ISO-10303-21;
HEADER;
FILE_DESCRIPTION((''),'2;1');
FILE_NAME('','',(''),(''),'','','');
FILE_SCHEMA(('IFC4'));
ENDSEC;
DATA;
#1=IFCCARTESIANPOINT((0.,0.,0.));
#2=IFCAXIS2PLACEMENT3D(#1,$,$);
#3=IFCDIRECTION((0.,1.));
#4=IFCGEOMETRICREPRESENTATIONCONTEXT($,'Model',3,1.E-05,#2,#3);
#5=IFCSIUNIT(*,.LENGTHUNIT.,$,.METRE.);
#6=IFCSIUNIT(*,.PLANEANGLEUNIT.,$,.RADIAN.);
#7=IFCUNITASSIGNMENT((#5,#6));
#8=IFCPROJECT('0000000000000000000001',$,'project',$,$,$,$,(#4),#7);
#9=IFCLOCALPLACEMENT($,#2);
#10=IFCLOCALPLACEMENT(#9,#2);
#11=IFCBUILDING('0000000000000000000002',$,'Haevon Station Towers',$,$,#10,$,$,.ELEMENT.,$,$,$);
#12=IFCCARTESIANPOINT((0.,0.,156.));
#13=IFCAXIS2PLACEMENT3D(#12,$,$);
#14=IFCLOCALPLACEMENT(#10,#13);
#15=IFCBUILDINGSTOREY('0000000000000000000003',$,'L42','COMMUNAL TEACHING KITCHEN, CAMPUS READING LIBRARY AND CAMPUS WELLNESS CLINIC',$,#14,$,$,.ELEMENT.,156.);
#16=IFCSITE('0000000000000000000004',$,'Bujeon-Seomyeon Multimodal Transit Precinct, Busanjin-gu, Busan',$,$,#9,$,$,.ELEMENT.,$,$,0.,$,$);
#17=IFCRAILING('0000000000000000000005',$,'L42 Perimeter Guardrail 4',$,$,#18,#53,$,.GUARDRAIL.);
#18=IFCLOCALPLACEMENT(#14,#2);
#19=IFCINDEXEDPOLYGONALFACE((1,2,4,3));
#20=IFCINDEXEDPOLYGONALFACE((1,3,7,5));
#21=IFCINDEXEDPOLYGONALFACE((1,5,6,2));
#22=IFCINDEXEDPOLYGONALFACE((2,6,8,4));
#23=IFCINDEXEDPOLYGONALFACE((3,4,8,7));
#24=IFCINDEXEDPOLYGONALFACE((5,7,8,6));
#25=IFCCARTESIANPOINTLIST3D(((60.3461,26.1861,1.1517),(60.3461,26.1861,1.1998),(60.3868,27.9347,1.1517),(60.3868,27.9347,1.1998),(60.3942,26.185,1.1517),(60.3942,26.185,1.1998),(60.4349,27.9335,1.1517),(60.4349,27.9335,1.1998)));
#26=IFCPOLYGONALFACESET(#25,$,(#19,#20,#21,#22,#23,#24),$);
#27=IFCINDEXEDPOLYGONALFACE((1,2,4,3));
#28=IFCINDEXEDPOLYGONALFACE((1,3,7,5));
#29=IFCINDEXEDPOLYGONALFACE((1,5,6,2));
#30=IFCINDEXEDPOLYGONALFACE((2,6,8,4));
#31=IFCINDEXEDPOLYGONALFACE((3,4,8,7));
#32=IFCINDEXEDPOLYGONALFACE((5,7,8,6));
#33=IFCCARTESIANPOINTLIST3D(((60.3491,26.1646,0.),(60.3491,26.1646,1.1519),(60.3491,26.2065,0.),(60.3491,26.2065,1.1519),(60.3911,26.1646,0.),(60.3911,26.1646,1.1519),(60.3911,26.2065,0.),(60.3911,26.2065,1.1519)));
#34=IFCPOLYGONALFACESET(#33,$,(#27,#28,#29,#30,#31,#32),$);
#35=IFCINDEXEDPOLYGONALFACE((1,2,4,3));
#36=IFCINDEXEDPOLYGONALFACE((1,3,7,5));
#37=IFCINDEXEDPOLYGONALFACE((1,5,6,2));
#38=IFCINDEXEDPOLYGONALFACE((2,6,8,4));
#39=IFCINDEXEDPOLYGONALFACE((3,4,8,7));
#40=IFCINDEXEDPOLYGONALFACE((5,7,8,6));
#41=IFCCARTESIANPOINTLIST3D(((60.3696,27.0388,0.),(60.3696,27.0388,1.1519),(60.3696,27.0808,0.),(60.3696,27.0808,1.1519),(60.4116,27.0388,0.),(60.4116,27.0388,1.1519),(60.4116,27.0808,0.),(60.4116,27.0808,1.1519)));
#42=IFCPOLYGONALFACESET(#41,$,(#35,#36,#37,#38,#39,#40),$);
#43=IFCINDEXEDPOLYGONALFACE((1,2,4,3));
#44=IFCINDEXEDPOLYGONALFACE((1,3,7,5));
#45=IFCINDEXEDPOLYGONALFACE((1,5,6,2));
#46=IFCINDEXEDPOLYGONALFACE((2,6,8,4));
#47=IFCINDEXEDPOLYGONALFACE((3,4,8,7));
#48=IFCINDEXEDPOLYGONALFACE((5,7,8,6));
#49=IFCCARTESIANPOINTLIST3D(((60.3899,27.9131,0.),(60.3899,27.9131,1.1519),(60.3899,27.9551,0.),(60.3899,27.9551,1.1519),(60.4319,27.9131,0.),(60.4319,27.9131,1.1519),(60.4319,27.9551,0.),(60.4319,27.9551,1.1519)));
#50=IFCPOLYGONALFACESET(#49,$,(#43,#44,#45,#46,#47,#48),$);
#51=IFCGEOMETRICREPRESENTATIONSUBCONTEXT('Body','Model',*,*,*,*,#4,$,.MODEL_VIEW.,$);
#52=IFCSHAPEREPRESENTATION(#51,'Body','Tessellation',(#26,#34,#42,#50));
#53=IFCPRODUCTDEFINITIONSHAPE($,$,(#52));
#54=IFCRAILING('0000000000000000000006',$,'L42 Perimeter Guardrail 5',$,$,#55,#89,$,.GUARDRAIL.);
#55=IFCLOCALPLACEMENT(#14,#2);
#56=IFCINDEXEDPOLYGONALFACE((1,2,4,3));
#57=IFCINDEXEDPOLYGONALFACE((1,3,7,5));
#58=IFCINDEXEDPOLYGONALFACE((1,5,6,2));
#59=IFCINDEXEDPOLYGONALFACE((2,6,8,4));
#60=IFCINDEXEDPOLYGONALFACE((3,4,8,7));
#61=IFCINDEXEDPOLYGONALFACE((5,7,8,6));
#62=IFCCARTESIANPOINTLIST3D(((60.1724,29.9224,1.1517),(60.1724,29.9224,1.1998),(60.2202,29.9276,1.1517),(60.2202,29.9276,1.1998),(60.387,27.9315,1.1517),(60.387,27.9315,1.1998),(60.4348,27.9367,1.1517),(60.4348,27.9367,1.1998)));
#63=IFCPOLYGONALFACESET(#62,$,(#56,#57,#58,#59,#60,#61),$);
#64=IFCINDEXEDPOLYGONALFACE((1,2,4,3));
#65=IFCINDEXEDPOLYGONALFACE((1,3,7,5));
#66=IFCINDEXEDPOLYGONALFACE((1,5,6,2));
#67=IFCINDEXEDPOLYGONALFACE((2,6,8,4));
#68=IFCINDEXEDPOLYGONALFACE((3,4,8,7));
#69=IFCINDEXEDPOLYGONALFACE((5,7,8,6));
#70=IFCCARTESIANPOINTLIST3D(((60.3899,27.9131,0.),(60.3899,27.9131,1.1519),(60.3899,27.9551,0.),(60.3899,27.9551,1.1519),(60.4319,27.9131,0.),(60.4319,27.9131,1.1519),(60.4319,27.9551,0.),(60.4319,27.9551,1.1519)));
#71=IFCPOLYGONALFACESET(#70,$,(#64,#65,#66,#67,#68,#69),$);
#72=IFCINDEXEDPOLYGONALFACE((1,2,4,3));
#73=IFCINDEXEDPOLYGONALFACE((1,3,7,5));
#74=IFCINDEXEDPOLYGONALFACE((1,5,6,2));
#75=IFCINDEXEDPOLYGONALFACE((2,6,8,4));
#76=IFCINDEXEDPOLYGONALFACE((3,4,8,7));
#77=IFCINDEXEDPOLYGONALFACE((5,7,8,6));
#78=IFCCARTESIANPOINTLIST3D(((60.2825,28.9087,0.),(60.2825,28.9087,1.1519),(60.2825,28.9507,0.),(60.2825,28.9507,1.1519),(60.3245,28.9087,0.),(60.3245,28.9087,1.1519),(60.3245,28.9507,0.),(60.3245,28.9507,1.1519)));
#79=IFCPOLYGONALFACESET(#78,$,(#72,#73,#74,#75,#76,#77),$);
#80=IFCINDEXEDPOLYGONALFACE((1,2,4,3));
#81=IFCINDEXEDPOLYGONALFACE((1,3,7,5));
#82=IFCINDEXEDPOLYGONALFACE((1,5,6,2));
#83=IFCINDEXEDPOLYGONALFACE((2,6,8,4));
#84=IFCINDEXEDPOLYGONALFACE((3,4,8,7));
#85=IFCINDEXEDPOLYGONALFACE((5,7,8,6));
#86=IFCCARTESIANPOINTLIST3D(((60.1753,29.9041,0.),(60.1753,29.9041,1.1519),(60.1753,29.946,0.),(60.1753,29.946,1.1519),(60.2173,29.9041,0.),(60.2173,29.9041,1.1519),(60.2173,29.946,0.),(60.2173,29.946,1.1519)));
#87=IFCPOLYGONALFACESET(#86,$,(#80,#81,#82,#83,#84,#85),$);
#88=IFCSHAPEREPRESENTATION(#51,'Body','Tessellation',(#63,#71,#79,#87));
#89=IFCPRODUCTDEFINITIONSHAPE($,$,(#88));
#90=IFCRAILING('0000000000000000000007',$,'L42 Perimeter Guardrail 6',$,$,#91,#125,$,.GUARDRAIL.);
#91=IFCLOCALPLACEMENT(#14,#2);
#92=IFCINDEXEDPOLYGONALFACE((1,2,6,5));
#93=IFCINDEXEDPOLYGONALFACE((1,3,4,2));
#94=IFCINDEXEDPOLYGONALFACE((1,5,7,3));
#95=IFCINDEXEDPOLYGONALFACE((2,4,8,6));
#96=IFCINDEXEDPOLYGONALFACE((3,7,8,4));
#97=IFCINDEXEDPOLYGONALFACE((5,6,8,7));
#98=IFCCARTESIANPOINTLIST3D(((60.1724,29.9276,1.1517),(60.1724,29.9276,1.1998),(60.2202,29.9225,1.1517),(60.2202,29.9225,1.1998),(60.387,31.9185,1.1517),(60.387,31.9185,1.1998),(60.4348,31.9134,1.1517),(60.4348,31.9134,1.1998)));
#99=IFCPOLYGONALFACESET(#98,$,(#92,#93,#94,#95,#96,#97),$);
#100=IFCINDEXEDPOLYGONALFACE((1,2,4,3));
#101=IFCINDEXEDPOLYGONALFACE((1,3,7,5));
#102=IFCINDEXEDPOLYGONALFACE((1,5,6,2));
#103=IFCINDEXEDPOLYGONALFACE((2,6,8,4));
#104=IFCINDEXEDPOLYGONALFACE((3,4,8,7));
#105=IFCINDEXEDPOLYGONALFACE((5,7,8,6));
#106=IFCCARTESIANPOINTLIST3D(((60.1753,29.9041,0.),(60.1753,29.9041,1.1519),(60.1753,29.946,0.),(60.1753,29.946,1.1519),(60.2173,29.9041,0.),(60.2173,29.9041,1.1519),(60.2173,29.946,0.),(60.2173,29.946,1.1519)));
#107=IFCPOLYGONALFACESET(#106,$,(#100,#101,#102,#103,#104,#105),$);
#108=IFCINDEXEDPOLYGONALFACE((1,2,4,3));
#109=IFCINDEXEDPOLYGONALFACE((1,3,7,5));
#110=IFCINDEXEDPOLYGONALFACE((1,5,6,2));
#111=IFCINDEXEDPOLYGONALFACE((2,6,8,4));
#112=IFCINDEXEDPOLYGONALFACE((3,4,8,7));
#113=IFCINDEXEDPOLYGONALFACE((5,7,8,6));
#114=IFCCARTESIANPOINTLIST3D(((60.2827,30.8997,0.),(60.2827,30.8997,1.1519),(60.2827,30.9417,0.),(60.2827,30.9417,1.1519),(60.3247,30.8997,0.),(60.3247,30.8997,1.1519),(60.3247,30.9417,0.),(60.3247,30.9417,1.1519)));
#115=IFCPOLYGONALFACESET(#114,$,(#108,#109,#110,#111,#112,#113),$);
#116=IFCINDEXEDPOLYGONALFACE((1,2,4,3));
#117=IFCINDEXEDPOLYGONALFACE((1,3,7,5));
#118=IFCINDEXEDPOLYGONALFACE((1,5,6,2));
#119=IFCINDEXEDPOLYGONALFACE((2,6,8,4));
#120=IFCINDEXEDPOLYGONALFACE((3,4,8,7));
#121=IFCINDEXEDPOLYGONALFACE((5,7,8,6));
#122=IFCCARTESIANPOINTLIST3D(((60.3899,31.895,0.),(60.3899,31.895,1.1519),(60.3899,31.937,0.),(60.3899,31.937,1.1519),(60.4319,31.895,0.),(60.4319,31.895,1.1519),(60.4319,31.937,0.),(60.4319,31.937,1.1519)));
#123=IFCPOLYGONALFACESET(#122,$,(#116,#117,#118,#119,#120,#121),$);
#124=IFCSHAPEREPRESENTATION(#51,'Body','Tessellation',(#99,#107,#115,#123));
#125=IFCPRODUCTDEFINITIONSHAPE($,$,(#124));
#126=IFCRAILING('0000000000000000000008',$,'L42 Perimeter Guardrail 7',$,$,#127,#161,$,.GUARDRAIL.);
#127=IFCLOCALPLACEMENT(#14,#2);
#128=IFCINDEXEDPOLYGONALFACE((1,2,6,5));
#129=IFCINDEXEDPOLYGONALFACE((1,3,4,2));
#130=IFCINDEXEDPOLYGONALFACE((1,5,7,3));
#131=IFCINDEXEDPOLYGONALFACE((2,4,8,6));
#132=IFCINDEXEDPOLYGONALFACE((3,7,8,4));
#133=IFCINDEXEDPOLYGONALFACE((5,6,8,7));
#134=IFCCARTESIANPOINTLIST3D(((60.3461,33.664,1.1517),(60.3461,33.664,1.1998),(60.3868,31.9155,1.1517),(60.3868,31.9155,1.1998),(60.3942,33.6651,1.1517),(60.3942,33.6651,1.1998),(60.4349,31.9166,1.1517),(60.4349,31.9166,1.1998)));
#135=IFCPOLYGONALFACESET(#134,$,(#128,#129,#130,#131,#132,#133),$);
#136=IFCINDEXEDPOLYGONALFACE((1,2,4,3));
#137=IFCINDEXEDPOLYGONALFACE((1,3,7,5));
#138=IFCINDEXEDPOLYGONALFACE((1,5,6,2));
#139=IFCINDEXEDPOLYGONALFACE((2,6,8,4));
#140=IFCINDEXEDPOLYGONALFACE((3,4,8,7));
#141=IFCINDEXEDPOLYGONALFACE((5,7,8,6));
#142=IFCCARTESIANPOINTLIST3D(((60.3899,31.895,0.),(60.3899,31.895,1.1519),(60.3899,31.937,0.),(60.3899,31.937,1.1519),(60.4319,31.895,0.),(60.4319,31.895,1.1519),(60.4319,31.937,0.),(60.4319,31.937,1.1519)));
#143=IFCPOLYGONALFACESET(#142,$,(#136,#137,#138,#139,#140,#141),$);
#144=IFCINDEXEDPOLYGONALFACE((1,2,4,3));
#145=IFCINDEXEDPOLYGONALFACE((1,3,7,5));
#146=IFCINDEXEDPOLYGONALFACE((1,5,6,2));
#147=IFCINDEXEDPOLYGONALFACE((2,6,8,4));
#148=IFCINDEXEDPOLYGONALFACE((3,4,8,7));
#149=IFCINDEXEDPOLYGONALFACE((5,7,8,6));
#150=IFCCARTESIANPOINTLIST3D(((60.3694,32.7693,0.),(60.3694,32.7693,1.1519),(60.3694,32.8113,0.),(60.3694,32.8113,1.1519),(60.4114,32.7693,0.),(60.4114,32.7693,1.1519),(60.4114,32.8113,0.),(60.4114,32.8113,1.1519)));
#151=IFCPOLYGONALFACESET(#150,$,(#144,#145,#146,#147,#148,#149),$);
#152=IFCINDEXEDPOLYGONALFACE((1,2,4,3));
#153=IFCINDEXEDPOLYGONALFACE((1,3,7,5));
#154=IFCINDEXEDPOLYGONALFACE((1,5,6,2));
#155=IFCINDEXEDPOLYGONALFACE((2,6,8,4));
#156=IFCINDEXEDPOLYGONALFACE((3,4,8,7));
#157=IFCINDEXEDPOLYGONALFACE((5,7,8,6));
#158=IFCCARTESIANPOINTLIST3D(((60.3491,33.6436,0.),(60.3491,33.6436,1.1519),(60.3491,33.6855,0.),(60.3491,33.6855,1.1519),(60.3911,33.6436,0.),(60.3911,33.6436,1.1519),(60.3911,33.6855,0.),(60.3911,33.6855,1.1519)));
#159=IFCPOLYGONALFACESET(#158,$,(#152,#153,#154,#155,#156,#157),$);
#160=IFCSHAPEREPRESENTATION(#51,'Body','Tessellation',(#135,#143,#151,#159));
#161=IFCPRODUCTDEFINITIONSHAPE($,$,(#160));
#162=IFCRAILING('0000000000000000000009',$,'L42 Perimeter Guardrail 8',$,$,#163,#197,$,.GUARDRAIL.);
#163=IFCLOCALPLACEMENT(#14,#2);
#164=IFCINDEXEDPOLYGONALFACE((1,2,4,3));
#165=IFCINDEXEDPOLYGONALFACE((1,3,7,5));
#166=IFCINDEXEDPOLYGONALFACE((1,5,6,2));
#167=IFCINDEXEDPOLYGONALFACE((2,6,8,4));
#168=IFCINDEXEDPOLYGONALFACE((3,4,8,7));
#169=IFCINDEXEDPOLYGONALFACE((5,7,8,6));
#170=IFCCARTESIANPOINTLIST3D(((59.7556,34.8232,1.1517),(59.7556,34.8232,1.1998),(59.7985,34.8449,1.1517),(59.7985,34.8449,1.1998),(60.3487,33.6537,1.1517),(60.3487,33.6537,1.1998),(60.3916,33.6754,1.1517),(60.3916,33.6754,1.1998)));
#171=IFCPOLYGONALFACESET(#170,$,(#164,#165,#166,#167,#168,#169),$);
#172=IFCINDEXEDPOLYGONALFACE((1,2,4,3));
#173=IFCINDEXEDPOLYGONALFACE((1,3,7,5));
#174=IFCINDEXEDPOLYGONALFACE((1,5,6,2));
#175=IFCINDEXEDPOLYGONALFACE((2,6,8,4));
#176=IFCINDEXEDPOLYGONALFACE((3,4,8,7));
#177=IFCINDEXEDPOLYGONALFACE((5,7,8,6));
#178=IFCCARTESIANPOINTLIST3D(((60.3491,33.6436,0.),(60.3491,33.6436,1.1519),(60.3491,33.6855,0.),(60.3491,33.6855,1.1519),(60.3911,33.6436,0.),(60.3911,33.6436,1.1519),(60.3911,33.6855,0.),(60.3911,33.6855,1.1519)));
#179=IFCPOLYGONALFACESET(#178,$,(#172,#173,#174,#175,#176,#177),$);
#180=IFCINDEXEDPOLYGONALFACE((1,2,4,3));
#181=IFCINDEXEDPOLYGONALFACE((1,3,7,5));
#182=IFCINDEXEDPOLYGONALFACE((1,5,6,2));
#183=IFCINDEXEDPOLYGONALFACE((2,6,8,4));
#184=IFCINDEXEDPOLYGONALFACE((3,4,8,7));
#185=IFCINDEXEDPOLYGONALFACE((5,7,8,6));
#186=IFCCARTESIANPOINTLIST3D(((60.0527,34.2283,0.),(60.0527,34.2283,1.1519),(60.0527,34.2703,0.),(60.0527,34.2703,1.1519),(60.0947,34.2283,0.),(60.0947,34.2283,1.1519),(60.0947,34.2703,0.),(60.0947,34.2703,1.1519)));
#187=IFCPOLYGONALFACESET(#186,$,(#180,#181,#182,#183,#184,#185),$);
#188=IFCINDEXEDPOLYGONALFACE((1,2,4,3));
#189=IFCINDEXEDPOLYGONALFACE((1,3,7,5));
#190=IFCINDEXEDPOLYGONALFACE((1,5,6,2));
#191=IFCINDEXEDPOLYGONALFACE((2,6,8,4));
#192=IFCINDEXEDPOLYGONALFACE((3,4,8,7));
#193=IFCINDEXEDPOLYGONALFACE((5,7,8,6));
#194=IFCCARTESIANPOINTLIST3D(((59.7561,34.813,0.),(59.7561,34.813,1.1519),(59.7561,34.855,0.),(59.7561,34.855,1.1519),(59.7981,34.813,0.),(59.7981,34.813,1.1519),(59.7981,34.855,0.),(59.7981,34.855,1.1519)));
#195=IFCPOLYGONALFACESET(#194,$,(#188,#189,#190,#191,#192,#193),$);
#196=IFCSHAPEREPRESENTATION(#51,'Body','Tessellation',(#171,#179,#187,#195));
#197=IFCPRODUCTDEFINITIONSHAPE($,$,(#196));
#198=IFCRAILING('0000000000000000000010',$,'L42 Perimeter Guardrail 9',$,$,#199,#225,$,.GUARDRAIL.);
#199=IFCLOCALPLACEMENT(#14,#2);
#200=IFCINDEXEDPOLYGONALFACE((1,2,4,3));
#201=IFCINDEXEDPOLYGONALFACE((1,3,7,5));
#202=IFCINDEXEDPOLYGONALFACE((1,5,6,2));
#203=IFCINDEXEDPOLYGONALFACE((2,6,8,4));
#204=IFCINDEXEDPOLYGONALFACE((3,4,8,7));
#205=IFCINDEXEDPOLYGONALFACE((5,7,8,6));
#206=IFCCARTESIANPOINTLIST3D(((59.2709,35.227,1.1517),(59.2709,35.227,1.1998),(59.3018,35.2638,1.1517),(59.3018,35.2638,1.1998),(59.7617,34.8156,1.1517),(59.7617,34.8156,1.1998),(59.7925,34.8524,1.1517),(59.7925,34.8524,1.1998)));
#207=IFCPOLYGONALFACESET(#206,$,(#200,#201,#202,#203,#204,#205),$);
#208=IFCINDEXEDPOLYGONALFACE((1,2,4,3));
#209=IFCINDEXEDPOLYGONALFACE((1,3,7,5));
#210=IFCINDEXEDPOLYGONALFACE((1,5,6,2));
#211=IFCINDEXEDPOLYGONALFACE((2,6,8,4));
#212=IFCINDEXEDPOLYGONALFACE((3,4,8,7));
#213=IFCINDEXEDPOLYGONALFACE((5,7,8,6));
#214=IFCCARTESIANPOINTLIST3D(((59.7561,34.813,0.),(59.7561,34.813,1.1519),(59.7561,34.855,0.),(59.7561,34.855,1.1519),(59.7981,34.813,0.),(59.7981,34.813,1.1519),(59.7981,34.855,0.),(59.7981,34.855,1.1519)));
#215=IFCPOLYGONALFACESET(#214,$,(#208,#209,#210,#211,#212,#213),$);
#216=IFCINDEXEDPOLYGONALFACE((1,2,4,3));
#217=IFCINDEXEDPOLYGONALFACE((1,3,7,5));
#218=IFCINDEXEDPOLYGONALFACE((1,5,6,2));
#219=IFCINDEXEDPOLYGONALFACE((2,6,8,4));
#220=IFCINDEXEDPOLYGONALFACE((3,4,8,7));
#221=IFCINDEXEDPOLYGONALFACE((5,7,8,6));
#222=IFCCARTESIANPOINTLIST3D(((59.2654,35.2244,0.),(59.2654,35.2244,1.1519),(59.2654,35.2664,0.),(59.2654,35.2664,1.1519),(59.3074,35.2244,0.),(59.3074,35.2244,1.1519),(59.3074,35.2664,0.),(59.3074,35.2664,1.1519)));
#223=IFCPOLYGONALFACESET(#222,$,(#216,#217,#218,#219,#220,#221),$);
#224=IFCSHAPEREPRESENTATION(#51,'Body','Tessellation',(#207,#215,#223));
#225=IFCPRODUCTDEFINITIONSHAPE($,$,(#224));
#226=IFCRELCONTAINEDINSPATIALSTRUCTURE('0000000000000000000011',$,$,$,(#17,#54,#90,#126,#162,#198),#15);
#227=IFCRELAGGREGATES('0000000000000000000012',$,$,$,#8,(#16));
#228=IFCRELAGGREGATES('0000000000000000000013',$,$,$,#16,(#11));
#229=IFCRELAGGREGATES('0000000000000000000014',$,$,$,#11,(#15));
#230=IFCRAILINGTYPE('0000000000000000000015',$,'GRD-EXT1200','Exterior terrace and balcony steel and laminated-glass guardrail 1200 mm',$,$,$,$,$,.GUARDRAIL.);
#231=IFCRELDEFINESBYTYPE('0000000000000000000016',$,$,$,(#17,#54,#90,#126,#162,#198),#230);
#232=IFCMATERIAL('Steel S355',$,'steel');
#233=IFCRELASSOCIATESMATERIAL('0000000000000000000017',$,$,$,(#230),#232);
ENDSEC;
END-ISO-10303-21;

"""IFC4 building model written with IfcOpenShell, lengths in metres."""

from ifc_helpers import new_model, si_unit, direction, frame, origin, origin_2d, place, context, subcontext, project, spatial, rectangle, extrude, material, type_object, element, save


model = new_model("IFC4")

# Units and contexts
model_context = context("Model", 3, precision=1e-05, world=origin(), true_north=direction((0.0, 1.0)))
body_context = subcontext(model_context, "Body", "Model", "MODEL_VIEW")
ifc_project = project(units=[si_unit("LENGTHUNIT", "METRE"), si_unit("PLANEANGLEUNIT", "RADIAN")], contexts=[model_context])

# Site, building, storey
site_placement = place(None, origin())
site = spatial("IfcSite", under=ifc_project, at=site_placement, Name="Bujeon-Seomyeon Multimodal Transit Precinct, Busanjin-gu, Busan", CompositionType="ELEMENT", RefElevation=0.0)
building_placement = place(site_placement, origin())
building = spatial("IfcBuilding", under=site, at=building_placement, Name="Haevon Station Towers", CompositionType="ELEMENT")
storey_placement = place(building_placement, frame((0.0, 0.0, 156.0)))
storey = spatial("IfcBuildingStorey", under=building, at=storey_placement, Name="L42", Description="COMMUNAL TEACHING KITCHEN, CAMPUS READING LIBRARY AND CAMPUS WELLNESS CLINIC", CompositionType="ELEMENT", Elevation=156.0)

# Shared definitions
ifc_material_1 = material(Name="Steel S355", Category="steel")

# Railings
railing_type = type_object("IfcRailingType", Name="GRD-EXT1200", Description="Exterior terrace and balcony steel and laminated-glass guardrail 1200 mm", PredefinedType="GUARDRAIL", material=ifc_material_1)
railing_1_placement = place(storey_placement, frame((60.3701, 26.1855, 0.0)))
element("IfcRailing", 1, at=railing_1_placement, inside=storey, type_object=railing_type, Name="L42 Perimeter Guardrail 4", PredefinedType="GUARDRAIL", context=body_context, shape_type="SweptSolid", body=[
    extrude(rectangle(XDim=0.0481, YDim=0.0481, at=origin_2d()), frame((0.0, 0.0, 1.1758), z_axis=(0.023311, 0.999728, 0.0), x_axis=(-0.999728, 0.023311, 0.0)), (0.0, 0.0, 1.0), 1.749),
    extrude(rectangle(XDim=0.042, YDim=0.042, at=origin_2d()), origin(), (0.0, 0.0, 1.0), 1.1519),
    extrude(rectangle(XDim=0.042, YDim=0.042, at=origin_2d()), frame((0.0205, 0.8743, 0.0)), (0.0, 0.0, 1.0), 1.1519),
    extrude(rectangle(XDim=0.042, YDim=0.042, at=origin_2d()), frame((0.0408, 1.7485, 0.0)), (0.0, 0.0, 1.0), 1.1519),
])
railing_2_placement = place(storey_placement, frame((60.4109, 27.9341, 0.0)))
element("IfcRailing", 2, at=railing_2_placement, inside=storey, type_object=railing_type, Name="L42 Perimeter Guardrail 5", PredefinedType="GUARDRAIL", context=body_context, shape_type="SweptSolid", body=[
    extrude(rectangle(XDim=0.0481, YDim=0.0481, at=origin_2d()), frame((0.0, 0.0, 1.1758), z_axis=(-0.107166, 0.994241, 0.0), x_axis=(-0.994241, -0.107166, 0.0)), (0.0, 0.0, 1.0), 2.0024),
    extrude(rectangle(XDim=0.042, YDim=0.042, at=origin_2d()), origin(), (0.0, 0.0, 1.0), 1.1519),
    extrude(rectangle(XDim=0.042, YDim=0.042, at=origin_2d()), frame((-0.1074, 0.9956, 0.0)), (0.0, 0.0, 1.0), 1.1519),
    extrude(rectangle(XDim=0.042, YDim=0.042, at=origin_2d()), frame((-0.2146, 1.991, 0.0)), (0.0, 0.0, 1.0), 1.1519),
])
railing_3_placement = place(storey_placement, frame((60.1963, 29.925, 0.0)))
element("IfcRailing", 3, at=railing_3_placement, inside=storey, type_object=railing_type, Name="L42 Perimeter Guardrail 6", PredefinedType="GUARDRAIL", context=body_context, shape_type="SweptSolid", body=[
    extrude(rectangle(XDim=0.0481, YDim=0.0481, at=origin_2d()), frame((0.0, 0.0, 1.1758), z_axis=(0.107166, 0.994241, 0.0), x_axis=(-0.994241, 0.107166, 0.0)), (0.0, 0.0, 1.0), 2.0024),
    extrude(rectangle(XDim=0.042, YDim=0.042, at=origin_2d()), origin(), (0.0, 0.0, 1.0), 1.1519),
    extrude(rectangle(XDim=0.042, YDim=0.042, at=origin_2d()), frame((0.1074, 0.9956, 0.0)), (0.0, 0.0, 1.0), 1.1519),
    extrude(rectangle(XDim=0.042, YDim=0.042, at=origin_2d()), frame((0.2146, 1.991, 0.0)), (0.0, 0.0, 1.0), 1.1519),
])
railing_4_placement = place(storey_placement, frame((60.4109, 31.916, 0.0)))
element("IfcRailing", 4, at=railing_4_placement, inside=storey, type_object=railing_type, Name="L42 Perimeter Guardrail 7", PredefinedType="GUARDRAIL", context=body_context, shape_type="SweptSolid", body=[
    extrude(rectangle(XDim=0.0481, YDim=0.0481, at=origin_2d()), frame((0.0, 0.0, 1.1758), z_axis=(-0.023311, 0.999728, 0.0), x_axis=(-0.999728, -0.023311, 0.0)), (0.0, 0.0, 1.0), 1.749),
    extrude(rectangle(XDim=0.042, YDim=0.042, at=origin_2d()), origin(), (0.0, 0.0, 1.0), 1.1519),
    extrude(rectangle(XDim=0.042, YDim=0.042, at=origin_2d()), frame((-0.0205, 0.8743, 0.0)), (0.0, 0.0, 1.0), 1.1519),
    extrude(rectangle(XDim=0.042, YDim=0.042, at=origin_2d()), frame((-0.0408, 1.7485, 0.0)), (0.0, 0.0, 1.0), 1.1519),
])
railing_5_placement = place(storey_placement, frame((60.3701, 33.6646, 0.0)))
element("IfcRailing", 5, at=railing_5_placement, inside=storey, type_object=railing_type, Name="L42 Perimeter Guardrail 8", PredefinedType="GUARDRAIL", context=body_context, shape_type="SweptSolid", body=[
    extrude(rectangle(XDim=0.0481, YDim=0.0481, at=origin_2d()), frame((0.0, 0.0, 1.1758), z_axis=(-0.452271, 0.891881, 0.0), x_axis=(-0.891881, -0.452271, 0.0)), (0.0, 0.0, 1.0), 1.3113),
    extrude(rectangle(XDim=0.042, YDim=0.042, at=origin_2d()), origin(), (0.0, 0.0, 1.0), 1.1519),
    extrude(rectangle(XDim=0.042, YDim=0.042, at=origin_2d()), frame((-0.2964, 0.5847, 0.0)), (0.0, 0.0, 1.0), 1.1519),
    extrude(rectangle(XDim=0.042, YDim=0.042, at=origin_2d()), frame((-0.593, 1.1694, 0.0)), (0.0, 0.0, 1.0), 1.1519),
])
railing_6_placement = place(storey_placement, frame((59.7771, 34.834, 0.0)))
element("IfcRailing", 6, at=railing_6_placement, inside=storey, type_object=railing_type, Name="L42 Perimeter Guardrail 9", PredefinedType="GUARDRAIL", context=body_context, shape_type="SweptSolid", body=[
    extrude(rectangle(XDim=0.0481, YDim=0.0481, at=origin_2d()), frame((0.0, 0.0, 1.1758), z_axis=(-0.766343, 0.642432, 0.0), x_axis=(-0.642432, -0.766343, 0.0)), (0.0, 0.0, 1.0), 0.6404),
    extrude(rectangle(XDim=0.042, YDim=0.042, at=origin_2d()), origin(), (0.0, 0.0, 1.0), 1.1519),
    extrude(rectangle(XDim=0.042, YDim=0.042, at=origin_2d()), frame((-0.4907, 0.4114, 0.0)), (0.0, 0.0, 1.0), 1.1519),
])

save(model, "model.ifc")
